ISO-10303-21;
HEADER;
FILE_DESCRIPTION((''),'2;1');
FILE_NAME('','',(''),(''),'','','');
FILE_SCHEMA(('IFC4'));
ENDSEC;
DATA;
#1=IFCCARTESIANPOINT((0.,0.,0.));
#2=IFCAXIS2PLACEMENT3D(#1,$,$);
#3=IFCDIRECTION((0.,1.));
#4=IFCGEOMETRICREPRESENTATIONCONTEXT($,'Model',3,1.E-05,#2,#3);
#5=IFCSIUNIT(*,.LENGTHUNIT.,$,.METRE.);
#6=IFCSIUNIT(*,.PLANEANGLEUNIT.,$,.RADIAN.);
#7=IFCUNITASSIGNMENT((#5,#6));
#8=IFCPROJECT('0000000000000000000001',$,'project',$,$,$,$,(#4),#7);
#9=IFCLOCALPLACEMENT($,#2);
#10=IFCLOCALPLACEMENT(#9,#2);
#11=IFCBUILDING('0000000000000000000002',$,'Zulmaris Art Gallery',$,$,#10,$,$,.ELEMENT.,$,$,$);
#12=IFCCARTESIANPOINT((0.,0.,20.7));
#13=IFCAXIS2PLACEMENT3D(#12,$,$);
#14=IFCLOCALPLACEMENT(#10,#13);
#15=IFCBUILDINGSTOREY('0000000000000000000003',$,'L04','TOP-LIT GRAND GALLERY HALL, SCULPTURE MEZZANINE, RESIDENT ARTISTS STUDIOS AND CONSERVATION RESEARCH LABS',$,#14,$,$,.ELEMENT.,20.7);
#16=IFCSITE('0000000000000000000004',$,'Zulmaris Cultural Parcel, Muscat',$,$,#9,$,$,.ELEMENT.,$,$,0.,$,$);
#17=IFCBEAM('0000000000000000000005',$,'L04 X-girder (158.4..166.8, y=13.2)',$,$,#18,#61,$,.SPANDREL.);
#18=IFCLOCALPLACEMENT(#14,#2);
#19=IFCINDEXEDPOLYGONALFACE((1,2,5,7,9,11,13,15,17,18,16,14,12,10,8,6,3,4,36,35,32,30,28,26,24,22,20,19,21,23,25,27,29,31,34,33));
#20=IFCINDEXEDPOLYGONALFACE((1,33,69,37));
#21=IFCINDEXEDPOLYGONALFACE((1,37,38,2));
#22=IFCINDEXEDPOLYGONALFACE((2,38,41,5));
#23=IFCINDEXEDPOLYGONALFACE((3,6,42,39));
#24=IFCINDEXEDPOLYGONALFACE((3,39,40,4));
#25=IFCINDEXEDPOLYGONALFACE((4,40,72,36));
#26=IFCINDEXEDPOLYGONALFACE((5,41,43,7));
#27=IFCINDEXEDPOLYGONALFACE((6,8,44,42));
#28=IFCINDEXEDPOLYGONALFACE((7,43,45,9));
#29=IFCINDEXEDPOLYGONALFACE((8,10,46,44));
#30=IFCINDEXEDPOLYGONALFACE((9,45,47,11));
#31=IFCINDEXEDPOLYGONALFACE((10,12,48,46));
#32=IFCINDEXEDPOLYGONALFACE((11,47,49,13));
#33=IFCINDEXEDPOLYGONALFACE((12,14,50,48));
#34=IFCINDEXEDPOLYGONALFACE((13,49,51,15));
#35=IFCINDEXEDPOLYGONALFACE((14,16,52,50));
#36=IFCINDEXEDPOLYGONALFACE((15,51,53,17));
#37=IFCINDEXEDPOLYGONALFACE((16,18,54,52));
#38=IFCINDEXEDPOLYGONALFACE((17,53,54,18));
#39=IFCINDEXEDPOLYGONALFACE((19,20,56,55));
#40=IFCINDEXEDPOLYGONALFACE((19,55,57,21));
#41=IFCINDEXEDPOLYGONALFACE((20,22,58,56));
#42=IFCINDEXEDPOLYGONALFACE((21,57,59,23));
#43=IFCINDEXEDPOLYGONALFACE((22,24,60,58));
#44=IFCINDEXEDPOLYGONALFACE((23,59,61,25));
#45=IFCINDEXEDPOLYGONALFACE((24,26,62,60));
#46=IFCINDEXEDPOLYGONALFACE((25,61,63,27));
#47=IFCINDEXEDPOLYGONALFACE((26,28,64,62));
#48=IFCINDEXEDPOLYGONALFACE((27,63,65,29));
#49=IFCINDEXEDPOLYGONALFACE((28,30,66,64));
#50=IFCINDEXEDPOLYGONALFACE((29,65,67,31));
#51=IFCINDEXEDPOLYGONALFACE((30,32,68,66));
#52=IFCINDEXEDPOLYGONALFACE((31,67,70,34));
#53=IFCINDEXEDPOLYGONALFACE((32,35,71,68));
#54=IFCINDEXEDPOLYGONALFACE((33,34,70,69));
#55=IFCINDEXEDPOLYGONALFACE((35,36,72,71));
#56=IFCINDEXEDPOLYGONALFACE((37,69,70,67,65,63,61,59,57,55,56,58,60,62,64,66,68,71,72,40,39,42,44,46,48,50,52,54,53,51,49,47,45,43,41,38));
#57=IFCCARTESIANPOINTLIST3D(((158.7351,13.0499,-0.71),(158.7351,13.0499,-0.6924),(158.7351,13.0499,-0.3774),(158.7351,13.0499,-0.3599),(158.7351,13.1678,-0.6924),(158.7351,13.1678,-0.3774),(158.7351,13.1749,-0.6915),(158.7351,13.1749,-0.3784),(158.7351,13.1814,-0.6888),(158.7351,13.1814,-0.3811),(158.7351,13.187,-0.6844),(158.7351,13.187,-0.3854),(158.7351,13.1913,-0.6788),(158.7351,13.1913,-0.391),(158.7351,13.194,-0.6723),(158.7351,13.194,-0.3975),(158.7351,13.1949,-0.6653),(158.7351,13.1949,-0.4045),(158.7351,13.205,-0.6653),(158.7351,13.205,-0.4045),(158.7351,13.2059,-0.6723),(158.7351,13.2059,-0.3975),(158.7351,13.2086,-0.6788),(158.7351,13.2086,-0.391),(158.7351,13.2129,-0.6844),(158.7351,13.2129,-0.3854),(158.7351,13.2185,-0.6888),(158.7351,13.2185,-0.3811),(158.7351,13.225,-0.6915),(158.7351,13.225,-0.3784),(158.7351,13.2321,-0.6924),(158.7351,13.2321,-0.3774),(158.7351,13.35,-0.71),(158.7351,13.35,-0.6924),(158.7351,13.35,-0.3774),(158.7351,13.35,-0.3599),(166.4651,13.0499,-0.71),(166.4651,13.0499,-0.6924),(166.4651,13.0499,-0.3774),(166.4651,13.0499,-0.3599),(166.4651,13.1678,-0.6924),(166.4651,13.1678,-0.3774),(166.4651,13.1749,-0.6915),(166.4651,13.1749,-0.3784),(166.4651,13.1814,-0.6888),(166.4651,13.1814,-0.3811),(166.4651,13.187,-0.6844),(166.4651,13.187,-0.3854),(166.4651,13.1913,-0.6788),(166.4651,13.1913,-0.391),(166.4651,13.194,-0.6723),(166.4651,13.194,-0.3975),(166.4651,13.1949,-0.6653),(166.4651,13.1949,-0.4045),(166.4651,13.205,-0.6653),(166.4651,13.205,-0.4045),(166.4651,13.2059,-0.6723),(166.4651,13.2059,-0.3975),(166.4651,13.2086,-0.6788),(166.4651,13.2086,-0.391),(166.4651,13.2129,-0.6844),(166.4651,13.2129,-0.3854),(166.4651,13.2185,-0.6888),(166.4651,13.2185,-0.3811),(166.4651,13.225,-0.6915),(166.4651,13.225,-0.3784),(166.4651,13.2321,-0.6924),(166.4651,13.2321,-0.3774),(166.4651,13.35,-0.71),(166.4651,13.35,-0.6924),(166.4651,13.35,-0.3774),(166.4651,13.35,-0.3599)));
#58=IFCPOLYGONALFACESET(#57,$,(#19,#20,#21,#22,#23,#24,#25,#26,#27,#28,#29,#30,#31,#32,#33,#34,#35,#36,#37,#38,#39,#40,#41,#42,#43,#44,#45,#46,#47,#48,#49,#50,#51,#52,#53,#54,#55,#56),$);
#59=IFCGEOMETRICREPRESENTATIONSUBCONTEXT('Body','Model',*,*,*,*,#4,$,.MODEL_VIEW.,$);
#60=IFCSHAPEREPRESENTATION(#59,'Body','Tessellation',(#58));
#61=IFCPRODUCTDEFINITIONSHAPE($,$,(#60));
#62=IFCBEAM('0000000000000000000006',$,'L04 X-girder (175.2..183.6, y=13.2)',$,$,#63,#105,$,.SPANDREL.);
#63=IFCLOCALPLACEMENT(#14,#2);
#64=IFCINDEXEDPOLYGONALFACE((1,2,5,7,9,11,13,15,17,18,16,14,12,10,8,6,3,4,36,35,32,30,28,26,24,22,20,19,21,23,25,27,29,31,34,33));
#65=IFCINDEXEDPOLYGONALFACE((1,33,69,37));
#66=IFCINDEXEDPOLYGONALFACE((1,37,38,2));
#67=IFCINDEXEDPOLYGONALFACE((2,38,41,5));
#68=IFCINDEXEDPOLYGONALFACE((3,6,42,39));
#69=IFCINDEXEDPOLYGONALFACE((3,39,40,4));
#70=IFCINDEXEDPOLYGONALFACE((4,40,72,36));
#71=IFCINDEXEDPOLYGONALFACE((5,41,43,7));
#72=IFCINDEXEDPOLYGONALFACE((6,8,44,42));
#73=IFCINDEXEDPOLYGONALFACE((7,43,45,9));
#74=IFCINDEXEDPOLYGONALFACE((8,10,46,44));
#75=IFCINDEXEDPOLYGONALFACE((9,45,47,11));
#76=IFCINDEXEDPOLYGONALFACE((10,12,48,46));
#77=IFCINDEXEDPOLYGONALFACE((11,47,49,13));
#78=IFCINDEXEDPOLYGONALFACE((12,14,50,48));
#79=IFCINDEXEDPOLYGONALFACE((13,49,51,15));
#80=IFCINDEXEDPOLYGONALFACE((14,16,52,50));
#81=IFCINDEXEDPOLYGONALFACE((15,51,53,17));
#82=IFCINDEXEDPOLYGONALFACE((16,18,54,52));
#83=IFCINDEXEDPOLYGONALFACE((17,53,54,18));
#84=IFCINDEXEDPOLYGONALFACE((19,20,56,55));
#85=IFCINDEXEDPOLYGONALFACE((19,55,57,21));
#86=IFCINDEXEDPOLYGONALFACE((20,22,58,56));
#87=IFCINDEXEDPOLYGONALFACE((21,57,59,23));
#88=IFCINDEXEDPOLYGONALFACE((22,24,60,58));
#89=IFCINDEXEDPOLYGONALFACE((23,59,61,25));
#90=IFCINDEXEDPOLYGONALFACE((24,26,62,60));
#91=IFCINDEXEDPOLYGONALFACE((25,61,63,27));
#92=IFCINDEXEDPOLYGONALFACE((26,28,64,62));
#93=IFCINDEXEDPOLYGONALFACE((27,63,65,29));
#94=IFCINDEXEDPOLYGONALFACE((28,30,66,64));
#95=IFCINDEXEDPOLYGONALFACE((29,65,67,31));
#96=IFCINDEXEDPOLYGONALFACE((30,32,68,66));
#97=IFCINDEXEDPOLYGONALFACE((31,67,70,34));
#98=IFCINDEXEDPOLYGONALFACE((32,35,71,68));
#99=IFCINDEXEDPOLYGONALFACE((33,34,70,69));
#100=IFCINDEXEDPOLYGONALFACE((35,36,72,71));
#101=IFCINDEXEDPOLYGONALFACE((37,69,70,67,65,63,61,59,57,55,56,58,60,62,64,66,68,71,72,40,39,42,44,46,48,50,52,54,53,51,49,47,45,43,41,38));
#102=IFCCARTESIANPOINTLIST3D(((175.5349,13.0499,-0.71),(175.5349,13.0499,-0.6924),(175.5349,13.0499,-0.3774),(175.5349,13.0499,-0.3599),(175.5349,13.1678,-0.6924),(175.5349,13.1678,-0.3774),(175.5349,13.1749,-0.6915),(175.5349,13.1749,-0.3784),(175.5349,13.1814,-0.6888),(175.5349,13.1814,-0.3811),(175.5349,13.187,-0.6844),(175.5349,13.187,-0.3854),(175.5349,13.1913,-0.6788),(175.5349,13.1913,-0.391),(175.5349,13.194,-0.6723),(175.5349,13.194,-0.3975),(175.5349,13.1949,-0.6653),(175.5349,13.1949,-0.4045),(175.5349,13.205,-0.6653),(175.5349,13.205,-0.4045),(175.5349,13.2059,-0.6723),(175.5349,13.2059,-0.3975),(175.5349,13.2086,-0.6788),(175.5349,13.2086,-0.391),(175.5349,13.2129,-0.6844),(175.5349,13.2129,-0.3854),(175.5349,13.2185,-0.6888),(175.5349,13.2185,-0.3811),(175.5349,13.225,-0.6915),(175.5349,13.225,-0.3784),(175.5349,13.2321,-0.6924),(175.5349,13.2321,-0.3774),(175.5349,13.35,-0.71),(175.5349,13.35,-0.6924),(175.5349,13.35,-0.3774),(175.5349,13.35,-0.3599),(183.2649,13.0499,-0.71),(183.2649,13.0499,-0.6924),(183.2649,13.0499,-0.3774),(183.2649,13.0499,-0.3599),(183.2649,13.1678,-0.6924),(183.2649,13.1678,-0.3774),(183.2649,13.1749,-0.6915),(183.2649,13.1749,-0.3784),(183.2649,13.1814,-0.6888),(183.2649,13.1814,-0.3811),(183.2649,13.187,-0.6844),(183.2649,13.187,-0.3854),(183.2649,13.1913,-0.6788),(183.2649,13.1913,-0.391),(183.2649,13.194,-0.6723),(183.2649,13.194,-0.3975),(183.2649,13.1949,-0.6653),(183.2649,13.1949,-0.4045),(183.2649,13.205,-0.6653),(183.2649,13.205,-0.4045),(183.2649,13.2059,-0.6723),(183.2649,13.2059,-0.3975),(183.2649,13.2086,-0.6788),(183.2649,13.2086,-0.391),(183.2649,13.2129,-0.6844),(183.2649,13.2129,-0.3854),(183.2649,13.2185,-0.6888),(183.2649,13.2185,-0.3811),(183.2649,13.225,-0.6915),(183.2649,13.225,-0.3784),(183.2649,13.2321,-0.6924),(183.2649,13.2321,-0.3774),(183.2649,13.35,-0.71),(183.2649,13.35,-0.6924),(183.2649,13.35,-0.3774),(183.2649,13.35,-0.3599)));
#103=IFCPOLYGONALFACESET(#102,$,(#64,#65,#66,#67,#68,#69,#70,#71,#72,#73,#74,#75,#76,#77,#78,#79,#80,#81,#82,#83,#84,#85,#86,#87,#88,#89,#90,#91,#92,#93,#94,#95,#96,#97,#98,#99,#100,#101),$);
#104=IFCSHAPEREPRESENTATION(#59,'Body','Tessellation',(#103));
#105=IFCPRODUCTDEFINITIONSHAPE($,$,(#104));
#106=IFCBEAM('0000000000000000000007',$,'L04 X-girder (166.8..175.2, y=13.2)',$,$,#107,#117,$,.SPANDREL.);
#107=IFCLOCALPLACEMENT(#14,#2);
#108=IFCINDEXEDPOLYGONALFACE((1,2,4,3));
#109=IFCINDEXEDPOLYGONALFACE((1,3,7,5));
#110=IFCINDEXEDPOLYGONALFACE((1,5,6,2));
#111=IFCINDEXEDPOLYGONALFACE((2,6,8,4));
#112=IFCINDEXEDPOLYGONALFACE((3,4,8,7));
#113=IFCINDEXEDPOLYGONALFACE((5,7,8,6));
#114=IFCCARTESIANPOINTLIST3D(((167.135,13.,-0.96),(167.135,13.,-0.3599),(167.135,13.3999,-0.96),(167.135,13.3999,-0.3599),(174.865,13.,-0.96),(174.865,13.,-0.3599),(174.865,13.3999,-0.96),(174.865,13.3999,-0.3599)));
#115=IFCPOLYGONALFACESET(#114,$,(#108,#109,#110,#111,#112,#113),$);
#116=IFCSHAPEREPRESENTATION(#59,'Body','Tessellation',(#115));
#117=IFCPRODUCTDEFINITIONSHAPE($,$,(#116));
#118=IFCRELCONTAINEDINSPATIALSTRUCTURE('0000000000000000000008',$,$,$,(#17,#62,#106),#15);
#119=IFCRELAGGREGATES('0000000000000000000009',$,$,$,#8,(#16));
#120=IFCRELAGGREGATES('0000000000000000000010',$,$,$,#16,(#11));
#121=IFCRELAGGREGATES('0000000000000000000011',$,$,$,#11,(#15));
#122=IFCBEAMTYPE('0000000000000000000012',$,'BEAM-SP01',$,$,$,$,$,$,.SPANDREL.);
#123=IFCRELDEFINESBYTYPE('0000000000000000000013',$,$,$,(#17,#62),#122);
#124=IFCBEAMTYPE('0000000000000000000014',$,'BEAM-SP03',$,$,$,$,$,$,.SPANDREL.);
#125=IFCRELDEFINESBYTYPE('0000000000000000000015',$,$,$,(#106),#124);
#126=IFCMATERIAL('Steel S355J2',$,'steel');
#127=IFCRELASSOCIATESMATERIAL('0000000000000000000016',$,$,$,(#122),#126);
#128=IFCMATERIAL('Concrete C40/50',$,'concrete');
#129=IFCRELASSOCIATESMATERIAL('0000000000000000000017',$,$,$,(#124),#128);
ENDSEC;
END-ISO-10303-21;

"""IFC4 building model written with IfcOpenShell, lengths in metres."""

from ifc_helpers import new_model, si_unit, direction, frame, origin, origin_2d, place, context, subcontext, project, spatial, rectangle, i_section, extrude, material, material_profile, profile_set, type_object, element, save


model = new_model("IFC4")

# Units and contexts
model_context = context("Model", 3, precision=1e-05, world=origin(), true_north=direction((0.0, 1.0)))
body_context = subcontext(model_context, "Body", "Model", "MODEL_VIEW")
ifc_project = project(units=[si_unit("LENGTHUNIT", "METRE"), si_unit("PLANEANGLEUNIT", "RADIAN")], contexts=[model_context])

# Site, building, storey
site_placement = place(None, origin())
site = spatial("IfcSite", under=ifc_project, at=site_placement, Name="Zulmaris Cultural Parcel, Muscat", CompositionType="ELEMENT", RefElevation=0.0)
building_placement = place(site_placement, origin())
building = spatial("IfcBuilding", under=site, at=building_placement, Name="Zulmaris Art Gallery", CompositionType="ELEMENT")
storey_placement = place(building_placement, frame((0.0, 0.0, 20.7)))
storey = spatial("IfcBuildingStorey", under=building, at=storey_placement, Name="L04", Description="TOP-LIT GRAND GALLERY HALL, SCULPTURE MEZZANINE, RESIDENT ARTISTS STUDIOS AND CONSERVATION RESEARCH LABS", CompositionType="ELEMENT", Elevation=20.7)

# Beams
ifc_material_1 = material(Name="Steel S355J2", Category="steel")
ifc_material_profile_1 = material_profile(ifc_material_1, i_section(OverallWidth=0.3, OverallDepth=0.3501, WebThickness=0.01, FlangeThickness=0.0176, FilletRadius=0.0271, at=origin_2d()), Name="HEA 360")
ifc_profile_set_1 = profile_set([ifc_material_profile_1], Name="Steel S355J2")
beam_type_1 = type_object("IfcBeamType", Name="BEAM-SP01", PredefinedType="SPANDREL", material=ifc_profile_set_1)
for number, where, z_axis, x_axis, name in (
    (1, (158.7351, 13.2, -0.5349), (1.0, 0.0, 0.0), (0.0, 1.0, 0.0), "L04 X-girder (158.4..166.8, y=13.2)"),
    (2, (175.5349, 13.2, -0.5349), (1.0, 0.0, 0.0), (0.0, 1.0, 0.0), "L04 X-girder (175.2..183.6, y=13.2)"),
):
    element("IfcBeam", number, at=place(storey_placement, frame(where, z_axis=z_axis, x_axis=x_axis)), inside=storey, type_object=beam_type_1, Name=name, PredefinedType="SPANDREL", context=body_context, shape_type="SweptSolid", body=[
        extrude(i_section(OverallWidth=0.3, OverallDepth=0.3501, WebThickness=0.01, FlangeThickness=0.0176, FilletRadius=0.0271, at=origin_2d()), origin(), (0.0, 0.0, 1.0), 7.73),
    ])
ifc_material_2 = material(Name="Concrete C40/50", Category="concrete")
ifc_material_profile_2 = material_profile(ifc_material_2, rectangle(XDim=0.3999, YDim=0.6001, at=origin_2d()), Name="RC 400x600")
ifc_profile_set_2 = profile_set([ifc_material_profile_2], Name="Concrete C40/50")
beam_type_2 = type_object("IfcBeamType", Name="BEAM-SP03", PredefinedType="SPANDREL", material=ifc_profile_set_2)
beam_1_placement = place(storey_placement, frame((167.135, 13.2, -0.6599), z_axis=(1.0, 0.0, 0.0), x_axis=(0.0, 1.0, 0.0)))
element("IfcBeam", 3, at=beam_1_placement, inside=storey, type_object=beam_type_2, Name="L04 X-girder (166.8..175.2, y=13.2)", PredefinedType="SPANDREL", context=body_context, shape_type="SweptSolid", body=[
    extrude(rectangle(XDim=0.3999, YDim=0.6001, at=origin_2d()), origin(), (0.0, 0.0, 1.0), 7.73),
])

save(model, "model.ifc")
